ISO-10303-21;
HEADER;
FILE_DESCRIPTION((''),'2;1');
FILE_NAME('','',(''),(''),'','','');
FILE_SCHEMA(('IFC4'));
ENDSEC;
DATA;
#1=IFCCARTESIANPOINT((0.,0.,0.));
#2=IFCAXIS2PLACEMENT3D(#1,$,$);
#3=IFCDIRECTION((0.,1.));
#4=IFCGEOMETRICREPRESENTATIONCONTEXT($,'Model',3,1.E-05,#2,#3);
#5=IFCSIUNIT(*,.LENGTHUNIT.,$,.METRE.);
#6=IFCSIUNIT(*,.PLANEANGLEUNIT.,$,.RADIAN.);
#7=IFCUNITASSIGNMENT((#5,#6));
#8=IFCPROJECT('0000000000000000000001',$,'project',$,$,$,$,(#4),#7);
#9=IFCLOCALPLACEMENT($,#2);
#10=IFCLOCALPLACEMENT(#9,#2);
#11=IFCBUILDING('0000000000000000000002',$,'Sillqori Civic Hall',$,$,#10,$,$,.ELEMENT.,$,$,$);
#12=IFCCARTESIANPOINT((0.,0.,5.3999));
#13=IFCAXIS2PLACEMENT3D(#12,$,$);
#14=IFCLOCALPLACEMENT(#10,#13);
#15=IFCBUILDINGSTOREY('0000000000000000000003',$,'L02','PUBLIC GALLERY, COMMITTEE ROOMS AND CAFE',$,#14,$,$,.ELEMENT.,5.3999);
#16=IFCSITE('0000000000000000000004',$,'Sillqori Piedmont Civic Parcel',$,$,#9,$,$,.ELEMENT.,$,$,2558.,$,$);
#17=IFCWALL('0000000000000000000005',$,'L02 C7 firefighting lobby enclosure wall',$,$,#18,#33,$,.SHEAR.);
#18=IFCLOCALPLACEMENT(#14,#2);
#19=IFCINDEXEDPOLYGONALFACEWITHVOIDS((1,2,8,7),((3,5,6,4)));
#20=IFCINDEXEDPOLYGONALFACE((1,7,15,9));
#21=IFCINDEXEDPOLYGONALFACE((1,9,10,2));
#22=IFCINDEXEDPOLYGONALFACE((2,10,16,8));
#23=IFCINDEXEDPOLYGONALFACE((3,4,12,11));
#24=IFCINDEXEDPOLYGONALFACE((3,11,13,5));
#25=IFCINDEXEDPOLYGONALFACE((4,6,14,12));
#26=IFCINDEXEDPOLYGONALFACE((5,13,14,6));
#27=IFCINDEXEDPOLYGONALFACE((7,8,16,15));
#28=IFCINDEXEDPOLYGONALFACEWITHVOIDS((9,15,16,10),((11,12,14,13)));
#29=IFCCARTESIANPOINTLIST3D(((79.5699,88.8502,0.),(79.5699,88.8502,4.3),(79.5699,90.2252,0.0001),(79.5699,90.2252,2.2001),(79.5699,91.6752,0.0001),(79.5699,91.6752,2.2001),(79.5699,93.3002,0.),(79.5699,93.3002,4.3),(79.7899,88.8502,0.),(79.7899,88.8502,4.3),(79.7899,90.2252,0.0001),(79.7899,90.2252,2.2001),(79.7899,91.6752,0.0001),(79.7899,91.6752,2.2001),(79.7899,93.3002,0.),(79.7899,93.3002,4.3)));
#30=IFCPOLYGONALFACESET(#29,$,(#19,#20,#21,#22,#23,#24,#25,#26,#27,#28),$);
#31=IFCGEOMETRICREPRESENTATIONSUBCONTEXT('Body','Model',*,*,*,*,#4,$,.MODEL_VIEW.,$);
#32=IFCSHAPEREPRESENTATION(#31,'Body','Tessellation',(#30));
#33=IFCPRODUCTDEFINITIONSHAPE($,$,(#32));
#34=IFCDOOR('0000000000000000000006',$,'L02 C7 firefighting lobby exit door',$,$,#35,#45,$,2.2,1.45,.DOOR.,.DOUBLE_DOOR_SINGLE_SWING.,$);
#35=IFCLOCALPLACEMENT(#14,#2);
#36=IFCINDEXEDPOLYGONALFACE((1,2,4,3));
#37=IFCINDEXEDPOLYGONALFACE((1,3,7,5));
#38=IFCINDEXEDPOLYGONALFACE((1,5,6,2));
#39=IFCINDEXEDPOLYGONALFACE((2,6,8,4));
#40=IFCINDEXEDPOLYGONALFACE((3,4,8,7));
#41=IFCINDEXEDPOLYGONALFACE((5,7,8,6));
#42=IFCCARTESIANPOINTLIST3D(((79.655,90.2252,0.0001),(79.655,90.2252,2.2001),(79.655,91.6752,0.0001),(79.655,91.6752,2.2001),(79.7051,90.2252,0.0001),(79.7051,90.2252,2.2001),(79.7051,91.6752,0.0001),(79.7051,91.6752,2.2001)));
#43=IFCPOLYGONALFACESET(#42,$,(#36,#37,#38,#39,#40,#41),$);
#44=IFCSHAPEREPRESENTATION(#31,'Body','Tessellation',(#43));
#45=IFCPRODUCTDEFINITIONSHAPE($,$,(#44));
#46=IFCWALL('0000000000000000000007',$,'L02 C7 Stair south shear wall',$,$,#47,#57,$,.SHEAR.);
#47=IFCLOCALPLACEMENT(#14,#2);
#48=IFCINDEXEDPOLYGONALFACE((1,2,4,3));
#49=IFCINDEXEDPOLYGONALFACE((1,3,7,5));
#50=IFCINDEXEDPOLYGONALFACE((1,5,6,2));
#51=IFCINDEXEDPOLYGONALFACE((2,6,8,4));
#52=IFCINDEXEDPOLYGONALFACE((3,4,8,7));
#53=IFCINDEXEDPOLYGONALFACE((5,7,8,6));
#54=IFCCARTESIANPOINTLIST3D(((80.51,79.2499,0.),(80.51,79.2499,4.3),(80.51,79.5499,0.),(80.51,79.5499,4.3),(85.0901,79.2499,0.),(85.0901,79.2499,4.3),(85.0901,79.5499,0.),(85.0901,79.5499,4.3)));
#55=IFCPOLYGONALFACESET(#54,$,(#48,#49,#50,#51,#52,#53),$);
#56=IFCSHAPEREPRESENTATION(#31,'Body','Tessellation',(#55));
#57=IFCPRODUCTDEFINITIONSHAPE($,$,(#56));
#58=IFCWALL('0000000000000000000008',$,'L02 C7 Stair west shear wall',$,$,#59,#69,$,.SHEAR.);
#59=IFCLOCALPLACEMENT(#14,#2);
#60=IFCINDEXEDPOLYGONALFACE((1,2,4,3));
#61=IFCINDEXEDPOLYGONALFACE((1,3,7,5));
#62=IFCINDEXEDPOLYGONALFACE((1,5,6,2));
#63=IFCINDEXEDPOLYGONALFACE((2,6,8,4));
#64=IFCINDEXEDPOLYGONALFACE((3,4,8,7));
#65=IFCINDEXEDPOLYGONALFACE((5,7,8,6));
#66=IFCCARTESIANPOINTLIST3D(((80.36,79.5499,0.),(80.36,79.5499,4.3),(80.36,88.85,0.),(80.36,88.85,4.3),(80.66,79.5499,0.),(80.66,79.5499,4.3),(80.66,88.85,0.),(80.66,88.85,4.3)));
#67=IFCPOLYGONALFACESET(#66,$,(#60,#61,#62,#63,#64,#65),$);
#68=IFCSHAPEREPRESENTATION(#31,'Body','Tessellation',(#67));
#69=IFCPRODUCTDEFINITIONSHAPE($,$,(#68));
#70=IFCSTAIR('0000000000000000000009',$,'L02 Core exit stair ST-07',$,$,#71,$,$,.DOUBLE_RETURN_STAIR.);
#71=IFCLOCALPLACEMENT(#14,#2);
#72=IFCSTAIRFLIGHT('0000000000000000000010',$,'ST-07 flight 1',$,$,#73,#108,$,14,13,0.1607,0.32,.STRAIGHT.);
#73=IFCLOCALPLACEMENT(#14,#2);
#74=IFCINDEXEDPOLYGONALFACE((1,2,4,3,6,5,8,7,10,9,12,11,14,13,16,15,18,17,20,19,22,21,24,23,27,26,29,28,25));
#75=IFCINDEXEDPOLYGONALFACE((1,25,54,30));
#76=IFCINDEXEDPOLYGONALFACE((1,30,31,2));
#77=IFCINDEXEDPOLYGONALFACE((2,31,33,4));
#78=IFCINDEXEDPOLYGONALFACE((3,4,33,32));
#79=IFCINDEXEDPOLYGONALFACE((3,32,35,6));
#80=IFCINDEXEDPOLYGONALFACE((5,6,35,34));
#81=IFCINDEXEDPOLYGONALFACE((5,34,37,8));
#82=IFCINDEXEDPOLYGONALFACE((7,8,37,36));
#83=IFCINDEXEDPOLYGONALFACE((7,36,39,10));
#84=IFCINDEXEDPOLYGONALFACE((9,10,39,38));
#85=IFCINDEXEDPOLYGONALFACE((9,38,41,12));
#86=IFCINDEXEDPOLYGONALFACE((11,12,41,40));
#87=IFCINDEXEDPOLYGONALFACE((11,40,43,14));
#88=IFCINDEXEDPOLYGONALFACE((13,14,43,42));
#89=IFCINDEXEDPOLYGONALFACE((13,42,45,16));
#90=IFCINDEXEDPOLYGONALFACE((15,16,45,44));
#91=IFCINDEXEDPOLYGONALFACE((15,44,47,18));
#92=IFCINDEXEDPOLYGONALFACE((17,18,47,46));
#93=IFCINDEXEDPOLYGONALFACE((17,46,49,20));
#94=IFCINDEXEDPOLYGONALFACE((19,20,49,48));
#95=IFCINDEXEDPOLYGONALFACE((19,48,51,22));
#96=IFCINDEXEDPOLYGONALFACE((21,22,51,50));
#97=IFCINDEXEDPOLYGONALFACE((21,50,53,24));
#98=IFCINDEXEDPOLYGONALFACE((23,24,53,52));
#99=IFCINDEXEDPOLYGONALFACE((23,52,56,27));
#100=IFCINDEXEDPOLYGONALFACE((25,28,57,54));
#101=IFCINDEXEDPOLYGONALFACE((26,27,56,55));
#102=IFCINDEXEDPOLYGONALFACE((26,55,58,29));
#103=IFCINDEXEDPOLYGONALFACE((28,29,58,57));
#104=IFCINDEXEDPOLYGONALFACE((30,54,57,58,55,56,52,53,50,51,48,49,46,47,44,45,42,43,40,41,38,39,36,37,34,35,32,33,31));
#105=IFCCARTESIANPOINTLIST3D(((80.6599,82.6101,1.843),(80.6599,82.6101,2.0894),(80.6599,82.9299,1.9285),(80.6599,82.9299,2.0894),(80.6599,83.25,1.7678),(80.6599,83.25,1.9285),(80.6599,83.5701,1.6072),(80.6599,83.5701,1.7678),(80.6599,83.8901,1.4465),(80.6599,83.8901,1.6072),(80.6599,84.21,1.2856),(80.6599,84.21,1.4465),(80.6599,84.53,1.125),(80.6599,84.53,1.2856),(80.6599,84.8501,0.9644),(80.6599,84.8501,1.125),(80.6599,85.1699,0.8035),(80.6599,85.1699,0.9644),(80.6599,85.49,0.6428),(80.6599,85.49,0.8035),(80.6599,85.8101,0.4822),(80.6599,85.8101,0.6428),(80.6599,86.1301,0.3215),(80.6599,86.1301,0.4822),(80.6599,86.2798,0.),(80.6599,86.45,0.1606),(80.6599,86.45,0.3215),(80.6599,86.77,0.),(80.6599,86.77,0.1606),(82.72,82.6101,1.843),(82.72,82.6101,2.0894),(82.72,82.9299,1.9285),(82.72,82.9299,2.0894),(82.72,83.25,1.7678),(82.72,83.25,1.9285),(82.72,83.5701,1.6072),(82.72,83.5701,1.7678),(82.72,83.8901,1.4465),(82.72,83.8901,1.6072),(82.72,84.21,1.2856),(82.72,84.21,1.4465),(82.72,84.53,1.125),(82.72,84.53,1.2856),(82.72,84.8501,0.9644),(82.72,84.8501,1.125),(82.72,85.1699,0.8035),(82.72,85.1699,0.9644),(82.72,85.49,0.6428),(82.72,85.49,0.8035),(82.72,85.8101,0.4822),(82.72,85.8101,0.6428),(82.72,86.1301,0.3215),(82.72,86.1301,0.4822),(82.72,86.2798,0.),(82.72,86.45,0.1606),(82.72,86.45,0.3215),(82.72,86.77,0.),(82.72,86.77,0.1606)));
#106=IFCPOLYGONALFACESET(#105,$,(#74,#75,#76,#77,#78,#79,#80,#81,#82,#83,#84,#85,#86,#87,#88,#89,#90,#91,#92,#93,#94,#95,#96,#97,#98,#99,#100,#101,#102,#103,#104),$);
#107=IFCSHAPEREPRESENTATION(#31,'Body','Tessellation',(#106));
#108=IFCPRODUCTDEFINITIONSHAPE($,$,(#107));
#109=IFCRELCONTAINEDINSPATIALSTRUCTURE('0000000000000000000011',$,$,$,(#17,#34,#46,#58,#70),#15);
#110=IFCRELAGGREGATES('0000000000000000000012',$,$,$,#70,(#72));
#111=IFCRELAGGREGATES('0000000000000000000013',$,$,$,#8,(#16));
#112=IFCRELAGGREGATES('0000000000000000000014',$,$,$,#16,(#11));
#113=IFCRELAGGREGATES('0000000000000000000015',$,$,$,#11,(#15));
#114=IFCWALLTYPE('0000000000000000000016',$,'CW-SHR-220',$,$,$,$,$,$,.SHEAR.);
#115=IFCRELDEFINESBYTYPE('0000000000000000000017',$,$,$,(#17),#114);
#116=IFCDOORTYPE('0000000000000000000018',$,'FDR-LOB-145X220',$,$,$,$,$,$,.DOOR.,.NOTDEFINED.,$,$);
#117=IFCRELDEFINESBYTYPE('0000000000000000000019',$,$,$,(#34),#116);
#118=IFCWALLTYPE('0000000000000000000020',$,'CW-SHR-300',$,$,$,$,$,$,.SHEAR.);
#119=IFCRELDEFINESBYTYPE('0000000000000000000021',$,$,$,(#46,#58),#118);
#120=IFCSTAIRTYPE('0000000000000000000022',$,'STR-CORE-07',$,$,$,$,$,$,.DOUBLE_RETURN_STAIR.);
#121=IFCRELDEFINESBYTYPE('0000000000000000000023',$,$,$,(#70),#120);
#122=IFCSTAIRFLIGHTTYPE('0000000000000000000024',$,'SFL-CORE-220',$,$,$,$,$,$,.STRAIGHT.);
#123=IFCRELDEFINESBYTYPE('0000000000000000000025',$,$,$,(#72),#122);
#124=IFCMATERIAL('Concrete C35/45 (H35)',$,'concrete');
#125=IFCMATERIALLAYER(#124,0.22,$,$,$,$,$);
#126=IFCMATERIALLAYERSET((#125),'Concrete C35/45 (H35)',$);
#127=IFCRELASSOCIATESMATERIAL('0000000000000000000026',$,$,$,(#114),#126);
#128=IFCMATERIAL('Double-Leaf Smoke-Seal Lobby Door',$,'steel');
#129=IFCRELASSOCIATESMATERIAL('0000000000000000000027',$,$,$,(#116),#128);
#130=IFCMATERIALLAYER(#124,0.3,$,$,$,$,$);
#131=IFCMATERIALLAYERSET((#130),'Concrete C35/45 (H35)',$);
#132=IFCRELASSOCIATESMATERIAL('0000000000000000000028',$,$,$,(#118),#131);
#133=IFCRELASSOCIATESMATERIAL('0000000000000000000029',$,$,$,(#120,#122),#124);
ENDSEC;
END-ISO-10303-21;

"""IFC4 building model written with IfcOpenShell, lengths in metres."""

from ifc_helpers import new_model, si_unit, direction, frame, frame_2d, origin, place, context, subcontext, project, spatial, polyline, rectangle, outline, extrude, material, layer, layer_set, type_object, element, fill, aggregate, save


model = new_model("IFC4")

# Units and contexts
model_context = context("Model", 3, precision=1e-05, world=origin(), true_north=direction((0.0, 1.0)))
body_context = subcontext(model_context, "Body", "Model", "MODEL_VIEW")
ifc_project = project(units=[si_unit("LENGTHUNIT", "METRE"), si_unit("PLANEANGLEUNIT", "RADIAN")], contexts=[model_context])

# Site, building, storey
site_placement = place(None, origin())
site = spatial("IfcSite", under=ifc_project, at=site_placement, Name="Sillqori Piedmont Civic Parcel", CompositionType="ELEMENT", RefElevation=2558.0)
building_placement = place(site_placement, origin())
building = spatial("IfcBuilding", under=site, at=building_placement, Name="Sillqori Civic Hall", CompositionType="ELEMENT")
storey_placement = place(building_placement, frame((0.0, 0.0, 5.3999)))
storey = spatial("IfcBuildingStorey", under=building, at=storey_placement, Name="L02", Description="PUBLIC GALLERY, COMMITTEE ROOMS AND CAFE", CompositionType="ELEMENT", Elevation=5.3999)

# Wall, opening, door
ifc_material_1 = material(Name="Concrete C35/45 (H35)", Category="concrete")
ifc_layer_1 = layer(ifc_material_1, 0.22)
ifc_layer_set_1 = layer_set([ifc_layer_1], Name="Concrete C35/45 (H35)")
wall_type_1 = type_object("IfcWallType", Name="CW-SHR-220", PredefinedType="SHEAR", material=ifc_layer_set_1)
wall_1_placement = place(storey_placement, frame((79.6799, 88.8501, 0.0), z_axis=(0.0, 0.0, 1.0), x_axis=(0.0, 1.0, 0.0)))
wall_1 = element("IfcWall", 1, at=wall_1_placement, inside=storey, type_object=wall_type_1, Name="L02 C7 firefighting lobby enclosure wall", PredefinedType="SHEAR", context=body_context, shape_type="SweptSolid", body=[
    extrude(rectangle(XDim=4.45, YDim=0.22, at=frame_2d((2.2251, 0.0))), origin(), (0.0, 0.0, 1.0), 4.3),
])
opening_1_placement = place(wall_1_placement, frame((1.375, 0.0, 0.0)))
opening_1 = element("IfcOpeningElement", 2, at=opening_1_placement, cuts=wall_1, PredefinedType="OPENING", context=body_context, shape_type="SweptSolid", body=[
    extrude(rectangle(XDim=1.45, YDim=2.2, at=frame_2d((0.7251, 1.1001))), frame((0.0, 0.1199, 0.0), z_axis=(0.0, -1.0, 0.0), x_axis=(1.0, 0.0, 0.0)), (0.0, 0.0, 1.0), 0.24),
])
ifc_material_2 = material(Name="Double-Leaf Smoke-Seal Lobby Door", Category="steel")
door_type_1 = type_object("IfcDoorType", Name="FDR-LOB-145X220", OperationType="NOTDEFINED", PredefinedType="DOOR", material=ifc_material_2)
door_1_placement = place(opening_1_placement, origin())
door_1 = element("IfcDoor", 3, at=door_1_placement, inside=storey, type_object=door_type_1, Name="L02 C7 firefighting lobby exit door", OperationType="DOUBLE_DOOR_SINGLE_SWING", OverallHeight=2.2, OverallWidth=1.45, PredefinedType="DOOR", context=body_context, shape_type="SweptSolid", body=[
    extrude(rectangle(XDim=1.45, YDim=2.2, at=frame_2d((0.7251, 1.1001))), frame((0.0, 0.0249, 0.0), z_axis=(0.0, -1.0, 0.0), x_axis=(1.0, 0.0, 0.0)), (0.0, 0.0, 1.0), 0.05),
])
fill(opening_1, door_1)

# Walls
ifc_layer_2 = layer(ifc_material_1, 0.3)
ifc_layer_set_2 = layer_set([ifc_layer_2], Name="Concrete C35/45 (H35)")
wall_type_2 = type_object("IfcWallType", Name="CW-SHR-300", PredefinedType="SHEAR", material=ifc_layer_set_2)
wall_2_placement = place(storey_placement, frame((80.51, 79.3999, 0.0), z_axis=(0.0, 0.0, 1.0), x_axis=(1.0, 0.0, 0.0)))
element("IfcWall", 4, at=wall_2_placement, inside=storey, type_object=wall_type_2, Name="L02 C7 Stair south shear wall", PredefinedType="SHEAR", context=body_context, shape_type="SweptSolid", body=[
    extrude(rectangle(XDim=4.5801, YDim=0.3, at=frame_2d((2.29, 0.0))), origin(), (0.0, 0.0, 1.0), 4.3),
])
wall_3_placement = place(storey_placement, frame((80.51, 79.55, 0.0), z_axis=(0.0, 0.0, 1.0), x_axis=(0.0, 1.0, 0.0)))
element("IfcWall", 5, at=wall_3_placement, inside=storey, type_object=wall_type_2, Name="L02 C7 Stair west shear wall", PredefinedType="SHEAR", context=body_context, shape_type="SweptSolid", body=[
    extrude(rectangle(XDim=9.3, YDim=0.3, at=frame_2d((4.6499, 0.0))), origin(), (0.0, 0.0, 1.0), 4.3),
])

# Stair, stair flight
stair_type = type_object("IfcStairType", Name="STR-CORE-07", PredefinedType="DOUBLE_RETURN_STAIR", material=ifc_material_1)
stair_placement = place(storey_placement, origin())
stair = element("IfcStair", 6, at=stair_placement, inside=storey, type_object=stair_type, Name="L02 Core exit stair ST-07", PredefinedType="DOUBLE_RETURN_STAIR")
stair_flight_type = type_object("IfcStairFlightType", Name="SFL-CORE-220", PredefinedType="STRAIGHT", material=ifc_material_1)
stair_flight_placement = place(storey_placement, frame((81.6899, 86.77, 0.0), z_axis=(0.0, 0.0, 1.0), x_axis=(0.0, -1.0, 0.0)))
stair_flight = element("IfcStairFlight", 7, at=stair_flight_placement, type_object=stair_flight_type, Name="ST-07 flight 1", NumberOfRisers=14, NumberOfTreads=13, PredefinedType="STRAIGHT", RiserHeight=0.1607, TreadLength=0.32, context=body_context, shape_type="SweptSolid", body=[
    extrude(outline(polyline([(0.0, 0.0), (0.0, 0.1606), (0.3201, 0.1606), (0.3201, 0.3215), (0.6399, 0.3215), (0.6399, 0.4822), (0.96, 0.4822), (0.96, 0.6428), (1.28, 0.6428), (1.28, 0.8035), (1.6001, 0.8035), (1.6001, 0.9644), (1.9199, 0.9644), (1.9199, 1.125), (2.24, 1.125), (2.24, 1.2856), (2.5601, 1.2856), (2.5601, 1.4465), (2.8799, 1.4465), (2.8799, 1.6072), (3.2, 1.6072), (3.2, 1.7678), (3.52, 1.7678), (3.52, 1.9285), (3.8401, 1.9285), (3.8401, 2.0894), (4.1599, 2.0894), (4.1599, 2.25), (4.1599, 1.843), (0.4902, 0.0), (0.0, 0.0)])), frame((0.0, 1.03, 0.0), z_axis=(0.0, -1.0, 0.0), x_axis=(1.0, 0.0, 0.0)), (0.0, 0.0, 1.0), 2.0601),
])
aggregate(stair, [stair_flight])

save(model, "model.ifc")
